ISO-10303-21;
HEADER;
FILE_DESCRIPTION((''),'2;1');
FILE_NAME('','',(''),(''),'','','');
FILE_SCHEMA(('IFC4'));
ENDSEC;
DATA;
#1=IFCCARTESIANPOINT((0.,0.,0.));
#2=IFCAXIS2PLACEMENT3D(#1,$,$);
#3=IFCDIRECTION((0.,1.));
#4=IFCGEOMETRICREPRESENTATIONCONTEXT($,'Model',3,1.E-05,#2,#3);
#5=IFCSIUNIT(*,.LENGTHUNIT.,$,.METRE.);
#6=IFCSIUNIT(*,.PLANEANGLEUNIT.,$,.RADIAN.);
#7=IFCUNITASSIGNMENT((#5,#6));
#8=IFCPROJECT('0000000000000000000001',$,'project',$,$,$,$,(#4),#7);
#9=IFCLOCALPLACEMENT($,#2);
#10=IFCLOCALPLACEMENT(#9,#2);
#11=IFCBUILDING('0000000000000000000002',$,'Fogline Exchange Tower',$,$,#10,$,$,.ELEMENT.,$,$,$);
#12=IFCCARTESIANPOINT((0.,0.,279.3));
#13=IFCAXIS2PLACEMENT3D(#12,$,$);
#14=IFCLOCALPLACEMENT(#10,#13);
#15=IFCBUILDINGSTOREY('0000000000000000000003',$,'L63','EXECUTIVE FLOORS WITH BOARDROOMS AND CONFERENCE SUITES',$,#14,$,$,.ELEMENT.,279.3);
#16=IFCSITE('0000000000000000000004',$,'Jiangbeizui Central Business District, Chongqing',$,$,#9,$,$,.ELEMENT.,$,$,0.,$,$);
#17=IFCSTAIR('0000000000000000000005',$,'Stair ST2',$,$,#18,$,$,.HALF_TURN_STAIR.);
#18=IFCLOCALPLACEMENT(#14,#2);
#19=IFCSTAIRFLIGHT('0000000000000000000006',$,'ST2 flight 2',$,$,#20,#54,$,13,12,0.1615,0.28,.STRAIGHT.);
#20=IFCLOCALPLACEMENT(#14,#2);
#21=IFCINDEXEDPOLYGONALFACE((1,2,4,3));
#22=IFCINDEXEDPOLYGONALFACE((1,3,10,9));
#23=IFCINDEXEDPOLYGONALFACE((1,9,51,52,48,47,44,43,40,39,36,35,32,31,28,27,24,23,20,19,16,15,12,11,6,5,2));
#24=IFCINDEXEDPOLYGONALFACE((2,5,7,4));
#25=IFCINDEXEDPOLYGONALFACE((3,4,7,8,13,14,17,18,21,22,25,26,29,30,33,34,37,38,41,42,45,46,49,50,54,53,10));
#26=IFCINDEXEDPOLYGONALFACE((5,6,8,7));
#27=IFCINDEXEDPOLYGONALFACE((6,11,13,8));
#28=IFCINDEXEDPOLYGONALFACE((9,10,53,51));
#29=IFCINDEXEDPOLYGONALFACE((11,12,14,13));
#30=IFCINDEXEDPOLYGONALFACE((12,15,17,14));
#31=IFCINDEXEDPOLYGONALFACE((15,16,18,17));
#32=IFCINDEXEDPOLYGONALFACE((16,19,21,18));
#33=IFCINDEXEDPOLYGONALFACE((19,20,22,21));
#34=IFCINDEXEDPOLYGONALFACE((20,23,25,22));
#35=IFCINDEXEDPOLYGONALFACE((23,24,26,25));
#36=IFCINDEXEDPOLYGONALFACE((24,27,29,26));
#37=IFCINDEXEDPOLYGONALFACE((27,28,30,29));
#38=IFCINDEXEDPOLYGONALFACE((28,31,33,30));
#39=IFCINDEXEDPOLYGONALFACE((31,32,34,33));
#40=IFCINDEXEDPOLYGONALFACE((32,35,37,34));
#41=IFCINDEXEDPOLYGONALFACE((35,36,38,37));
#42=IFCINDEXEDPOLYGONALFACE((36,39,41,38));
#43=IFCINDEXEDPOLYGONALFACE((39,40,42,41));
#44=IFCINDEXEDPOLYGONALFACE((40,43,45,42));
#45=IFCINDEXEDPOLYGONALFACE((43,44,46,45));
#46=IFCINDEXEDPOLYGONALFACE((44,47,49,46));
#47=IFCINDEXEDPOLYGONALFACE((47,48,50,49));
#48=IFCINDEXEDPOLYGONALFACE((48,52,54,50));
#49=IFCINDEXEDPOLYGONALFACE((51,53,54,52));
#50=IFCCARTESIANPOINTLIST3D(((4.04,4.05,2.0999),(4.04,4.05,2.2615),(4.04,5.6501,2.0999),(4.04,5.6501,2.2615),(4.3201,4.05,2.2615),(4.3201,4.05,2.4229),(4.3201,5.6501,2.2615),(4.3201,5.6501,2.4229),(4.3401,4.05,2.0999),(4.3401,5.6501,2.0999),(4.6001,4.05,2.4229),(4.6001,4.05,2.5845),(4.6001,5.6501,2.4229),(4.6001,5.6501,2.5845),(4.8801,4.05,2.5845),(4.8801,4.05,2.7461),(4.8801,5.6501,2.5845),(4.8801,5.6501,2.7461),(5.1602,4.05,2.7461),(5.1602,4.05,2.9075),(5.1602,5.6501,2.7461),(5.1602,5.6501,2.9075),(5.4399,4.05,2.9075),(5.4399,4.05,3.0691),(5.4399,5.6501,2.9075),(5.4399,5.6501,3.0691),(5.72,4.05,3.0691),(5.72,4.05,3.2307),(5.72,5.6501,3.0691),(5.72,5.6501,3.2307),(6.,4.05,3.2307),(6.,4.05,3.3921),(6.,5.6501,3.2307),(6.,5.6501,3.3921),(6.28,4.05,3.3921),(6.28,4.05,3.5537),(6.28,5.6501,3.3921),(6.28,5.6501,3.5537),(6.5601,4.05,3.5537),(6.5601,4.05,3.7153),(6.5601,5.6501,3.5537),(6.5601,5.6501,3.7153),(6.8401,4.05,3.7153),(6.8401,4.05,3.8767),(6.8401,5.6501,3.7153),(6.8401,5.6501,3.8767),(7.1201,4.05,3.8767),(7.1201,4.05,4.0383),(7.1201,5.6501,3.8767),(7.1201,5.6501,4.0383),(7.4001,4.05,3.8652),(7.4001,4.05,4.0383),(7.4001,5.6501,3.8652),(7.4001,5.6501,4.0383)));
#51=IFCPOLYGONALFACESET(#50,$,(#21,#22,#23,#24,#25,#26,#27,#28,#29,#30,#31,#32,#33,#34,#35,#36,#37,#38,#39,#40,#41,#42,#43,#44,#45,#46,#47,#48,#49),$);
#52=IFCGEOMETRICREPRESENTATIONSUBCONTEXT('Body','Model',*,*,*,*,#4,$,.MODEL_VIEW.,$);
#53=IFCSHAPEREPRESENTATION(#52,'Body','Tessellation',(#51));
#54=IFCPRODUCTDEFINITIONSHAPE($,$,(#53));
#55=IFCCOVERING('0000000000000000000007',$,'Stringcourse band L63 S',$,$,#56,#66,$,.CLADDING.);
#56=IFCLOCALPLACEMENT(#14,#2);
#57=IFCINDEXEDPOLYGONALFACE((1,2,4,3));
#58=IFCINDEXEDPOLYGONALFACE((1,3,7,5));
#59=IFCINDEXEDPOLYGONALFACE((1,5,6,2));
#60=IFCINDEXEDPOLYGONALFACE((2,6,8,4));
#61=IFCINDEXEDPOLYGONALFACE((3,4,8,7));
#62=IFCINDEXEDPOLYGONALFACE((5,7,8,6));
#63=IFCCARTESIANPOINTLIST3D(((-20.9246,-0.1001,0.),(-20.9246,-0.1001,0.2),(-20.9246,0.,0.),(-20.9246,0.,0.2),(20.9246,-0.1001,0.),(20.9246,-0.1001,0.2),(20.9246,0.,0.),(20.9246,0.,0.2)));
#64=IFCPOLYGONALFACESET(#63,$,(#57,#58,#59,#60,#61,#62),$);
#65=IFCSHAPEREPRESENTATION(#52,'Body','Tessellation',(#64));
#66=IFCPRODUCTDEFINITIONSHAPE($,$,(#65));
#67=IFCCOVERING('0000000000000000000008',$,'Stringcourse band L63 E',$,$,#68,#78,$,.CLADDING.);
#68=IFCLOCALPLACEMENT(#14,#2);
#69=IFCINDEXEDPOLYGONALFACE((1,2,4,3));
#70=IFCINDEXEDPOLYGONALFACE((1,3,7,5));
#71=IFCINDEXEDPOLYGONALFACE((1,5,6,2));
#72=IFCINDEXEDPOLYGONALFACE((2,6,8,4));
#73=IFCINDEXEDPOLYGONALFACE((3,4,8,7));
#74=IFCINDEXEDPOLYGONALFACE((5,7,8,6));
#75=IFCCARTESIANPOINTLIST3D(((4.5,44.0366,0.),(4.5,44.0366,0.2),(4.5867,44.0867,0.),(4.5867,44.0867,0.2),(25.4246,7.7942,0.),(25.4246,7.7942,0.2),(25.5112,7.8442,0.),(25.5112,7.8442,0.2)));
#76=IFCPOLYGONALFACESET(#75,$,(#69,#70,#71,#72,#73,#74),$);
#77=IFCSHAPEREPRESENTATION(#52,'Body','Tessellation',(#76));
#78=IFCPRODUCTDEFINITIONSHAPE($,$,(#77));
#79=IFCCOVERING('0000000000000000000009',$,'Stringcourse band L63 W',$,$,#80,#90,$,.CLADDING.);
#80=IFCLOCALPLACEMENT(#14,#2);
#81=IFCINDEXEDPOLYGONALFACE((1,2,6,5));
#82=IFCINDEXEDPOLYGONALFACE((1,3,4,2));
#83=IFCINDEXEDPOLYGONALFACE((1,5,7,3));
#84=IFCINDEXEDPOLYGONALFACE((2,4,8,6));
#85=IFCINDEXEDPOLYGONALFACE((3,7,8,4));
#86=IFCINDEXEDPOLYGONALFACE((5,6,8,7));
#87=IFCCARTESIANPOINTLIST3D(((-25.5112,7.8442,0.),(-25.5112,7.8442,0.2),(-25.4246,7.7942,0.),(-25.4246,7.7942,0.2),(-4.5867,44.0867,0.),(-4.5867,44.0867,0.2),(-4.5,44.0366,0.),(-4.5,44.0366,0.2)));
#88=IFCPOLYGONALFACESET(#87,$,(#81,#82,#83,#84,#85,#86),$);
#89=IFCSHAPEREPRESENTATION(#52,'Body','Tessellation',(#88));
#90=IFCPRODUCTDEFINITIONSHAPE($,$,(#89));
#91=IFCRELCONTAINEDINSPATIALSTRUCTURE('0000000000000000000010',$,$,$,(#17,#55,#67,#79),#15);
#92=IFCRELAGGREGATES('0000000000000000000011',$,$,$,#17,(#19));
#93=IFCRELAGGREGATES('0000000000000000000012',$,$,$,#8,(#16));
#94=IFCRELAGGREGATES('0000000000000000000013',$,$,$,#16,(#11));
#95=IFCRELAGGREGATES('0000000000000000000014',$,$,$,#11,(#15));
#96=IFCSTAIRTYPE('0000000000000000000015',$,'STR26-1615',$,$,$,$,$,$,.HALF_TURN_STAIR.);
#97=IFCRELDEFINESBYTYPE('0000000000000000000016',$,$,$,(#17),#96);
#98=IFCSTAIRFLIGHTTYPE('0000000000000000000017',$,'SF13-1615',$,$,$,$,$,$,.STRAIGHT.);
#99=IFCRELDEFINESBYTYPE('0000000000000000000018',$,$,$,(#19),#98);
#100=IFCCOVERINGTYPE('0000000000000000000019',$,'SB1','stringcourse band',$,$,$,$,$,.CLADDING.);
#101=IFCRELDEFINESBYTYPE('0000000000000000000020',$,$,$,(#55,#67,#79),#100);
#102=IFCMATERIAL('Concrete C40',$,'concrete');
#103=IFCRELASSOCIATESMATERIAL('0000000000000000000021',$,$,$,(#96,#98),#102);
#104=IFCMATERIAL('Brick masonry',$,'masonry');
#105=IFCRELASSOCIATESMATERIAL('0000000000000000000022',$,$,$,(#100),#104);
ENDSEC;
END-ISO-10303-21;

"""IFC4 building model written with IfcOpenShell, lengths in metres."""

from ifc_helpers import new_model, si_unit, direction, frame, origin, place, context, subcontext, project, spatial, polyline, outline, extrude, material, type_object, element, aggregate, save


model = new_model("IFC4")

# Units and contexts
model_context = context("Model", 3, precision=1e-05, world=origin(), true_north=direction((0.0, 1.0)))
body_context = subcontext(model_context, "Body", "Model", "MODEL_VIEW")
ifc_project = project(units=[si_unit("LENGTHUNIT", "METRE"), si_unit("PLANEANGLEUNIT", "RADIAN")], contexts=[model_context])

# Site, building, storey
site_placement = place(None, origin())
site = spatial("IfcSite", under=ifc_project, at=site_placement, Name="Jiangbeizui Central Business District, Chongqing", CompositionType="ELEMENT", RefElevation=0.0)
building_placement = place(site_placement, origin())
building = spatial("IfcBuilding", under=site, at=building_placement, Name="Fogline Exchange Tower", CompositionType="ELEMENT")
storey_placement = place(building_placement, frame((0.0, 0.0, 279.3)))
storey = spatial("IfcBuildingStorey", under=building, at=storey_placement, Name="L63", Description="EXECUTIVE FLOORS WITH BOARDROOMS AND CONFERENCE SUITES", CompositionType="ELEMENT", Elevation=279.3)

# Shared definitions
ifc_material_1 = material(Name="Concrete C40", Category="concrete")

# Stair
stair_type = type_object("IfcStairType", Name="STR26-1615", PredefinedType="HALF_TURN_STAIR", material=ifc_material_1)
stair_1_placement = place(storey_placement, origin())
stair_1 = element("IfcStair", 1, at=stair_1_placement, inside=storey, type_object=stair_type, Name="Stair ST2", PredefinedType="HALF_TURN_STAIR")

# Shared definitions
ifc_material_2 = material(Name="Brick masonry", Category="masonry")

# Stair flight
stair_flight_type = type_object("IfcStairFlightType", Name="SF13-1615", PredefinedType="STRAIGHT", material=ifc_material_1)
stair_flight_1_placement = place(storey_placement, frame((4.04, 4.8501, 2.0999), z_axis=(0.0, 0.0, 1.0), x_axis=(1.0, 0.0, 0.0)))
stair_flight_1 = element("IfcStairFlight", 2, at=stair_flight_1_placement, type_object=stair_flight_type, Name="ST2 flight 2", NumberOfRisers=13, NumberOfTreads=12, PredefinedType="STRAIGHT", RiserHeight=0.1615, TreadLength=0.28, context=body_context, shape_type="SweptSolid", body=[
    extrude(outline(polyline([(0.0, 0.0), (0.0, 0.1616), (0.28, 0.1616), (0.28, 0.323), (0.5601, 0.323), (0.5601, 0.4846), (0.8401, 0.4846), (0.8401, 0.6462), (1.1201, 0.6462), (1.1201, 0.8076), (1.3999, 0.8076), (1.3999, 0.9692), (1.6799, 0.9692), (1.6799, 1.1309), (1.96, 1.1309), (1.96, 1.2922), (2.24, 1.2922), (2.24, 1.4539), (2.52, 1.4539), (2.52, 1.6155), (2.8, 1.6155), (2.8, 1.7769), (3.0801, 1.7769), (3.0801, 1.9385), (3.3601, 1.9385), (3.3601, 2.1001), (3.3601, 1.7654), (0.3, 0.0), (0.0, 0.0)])), frame((0.0, 0.8, 0.0), z_axis=(0.0, -1.0, 0.0), x_axis=(1.0, 0.0, 0.0)), (0.0, 0.0, 1.0), 1.6001),
])
aggregate(stair_1, [stair_flight_1])

# Coverings
covering_type = type_object("IfcCoveringType", Name="SB1", Description="stringcourse band", PredefinedType="CLADDING", material=ifc_material_2)
covering_1_placement = place(storey_placement, origin())
element("IfcCovering", 3, at=covering_1_placement, inside=storey, type_object=covering_type, Name="Stringcourse band L63 S", PredefinedType="CLADDING", context=body_context, shape_type="SweptSolid", body=[
    extrude(outline(polyline([(-20.9246, 0.0), (-20.9246, -0.1001), (20.9246, -0.1001), (20.9246, 0.0), (-20.9246, 0.0)])), origin(), (0.0, 0.0, 1.0), 0.2),
])
covering_2_placement = place(storey_placement, origin())
element("IfcCovering", 4, at=covering_2_placement, inside=storey, type_object=covering_type, Name="Stringcourse band L63 E", PredefinedType="CLADDING", context=body_context, shape_type="SweptSolid", body=[
    extrude(outline(polyline([(25.4246, 7.7942), (25.5112, 7.8442), (4.5867, 44.0867), (4.5, 44.0366), (25.4246, 7.7942)])), origin(), (0.0, 0.0, 1.0), 0.2),
])
covering_3_placement = place(storey_placement, origin())
element("IfcCovering", 5, at=covering_3_placement, inside=storey, type_object=covering_type, Name="Stringcourse band L63 W", PredefinedType="CLADDING", context=body_context, shape_type="SweptSolid", body=[
    extrude(outline(polyline([(-4.5, 44.0366), (-4.5867, 44.0867), (-25.5112, 7.8442), (-25.4246, 7.7942), (-4.5, 44.0366)])), origin(), (0.0, 0.0, 1.0), 0.2),
])

save(model, "model.ifc")
